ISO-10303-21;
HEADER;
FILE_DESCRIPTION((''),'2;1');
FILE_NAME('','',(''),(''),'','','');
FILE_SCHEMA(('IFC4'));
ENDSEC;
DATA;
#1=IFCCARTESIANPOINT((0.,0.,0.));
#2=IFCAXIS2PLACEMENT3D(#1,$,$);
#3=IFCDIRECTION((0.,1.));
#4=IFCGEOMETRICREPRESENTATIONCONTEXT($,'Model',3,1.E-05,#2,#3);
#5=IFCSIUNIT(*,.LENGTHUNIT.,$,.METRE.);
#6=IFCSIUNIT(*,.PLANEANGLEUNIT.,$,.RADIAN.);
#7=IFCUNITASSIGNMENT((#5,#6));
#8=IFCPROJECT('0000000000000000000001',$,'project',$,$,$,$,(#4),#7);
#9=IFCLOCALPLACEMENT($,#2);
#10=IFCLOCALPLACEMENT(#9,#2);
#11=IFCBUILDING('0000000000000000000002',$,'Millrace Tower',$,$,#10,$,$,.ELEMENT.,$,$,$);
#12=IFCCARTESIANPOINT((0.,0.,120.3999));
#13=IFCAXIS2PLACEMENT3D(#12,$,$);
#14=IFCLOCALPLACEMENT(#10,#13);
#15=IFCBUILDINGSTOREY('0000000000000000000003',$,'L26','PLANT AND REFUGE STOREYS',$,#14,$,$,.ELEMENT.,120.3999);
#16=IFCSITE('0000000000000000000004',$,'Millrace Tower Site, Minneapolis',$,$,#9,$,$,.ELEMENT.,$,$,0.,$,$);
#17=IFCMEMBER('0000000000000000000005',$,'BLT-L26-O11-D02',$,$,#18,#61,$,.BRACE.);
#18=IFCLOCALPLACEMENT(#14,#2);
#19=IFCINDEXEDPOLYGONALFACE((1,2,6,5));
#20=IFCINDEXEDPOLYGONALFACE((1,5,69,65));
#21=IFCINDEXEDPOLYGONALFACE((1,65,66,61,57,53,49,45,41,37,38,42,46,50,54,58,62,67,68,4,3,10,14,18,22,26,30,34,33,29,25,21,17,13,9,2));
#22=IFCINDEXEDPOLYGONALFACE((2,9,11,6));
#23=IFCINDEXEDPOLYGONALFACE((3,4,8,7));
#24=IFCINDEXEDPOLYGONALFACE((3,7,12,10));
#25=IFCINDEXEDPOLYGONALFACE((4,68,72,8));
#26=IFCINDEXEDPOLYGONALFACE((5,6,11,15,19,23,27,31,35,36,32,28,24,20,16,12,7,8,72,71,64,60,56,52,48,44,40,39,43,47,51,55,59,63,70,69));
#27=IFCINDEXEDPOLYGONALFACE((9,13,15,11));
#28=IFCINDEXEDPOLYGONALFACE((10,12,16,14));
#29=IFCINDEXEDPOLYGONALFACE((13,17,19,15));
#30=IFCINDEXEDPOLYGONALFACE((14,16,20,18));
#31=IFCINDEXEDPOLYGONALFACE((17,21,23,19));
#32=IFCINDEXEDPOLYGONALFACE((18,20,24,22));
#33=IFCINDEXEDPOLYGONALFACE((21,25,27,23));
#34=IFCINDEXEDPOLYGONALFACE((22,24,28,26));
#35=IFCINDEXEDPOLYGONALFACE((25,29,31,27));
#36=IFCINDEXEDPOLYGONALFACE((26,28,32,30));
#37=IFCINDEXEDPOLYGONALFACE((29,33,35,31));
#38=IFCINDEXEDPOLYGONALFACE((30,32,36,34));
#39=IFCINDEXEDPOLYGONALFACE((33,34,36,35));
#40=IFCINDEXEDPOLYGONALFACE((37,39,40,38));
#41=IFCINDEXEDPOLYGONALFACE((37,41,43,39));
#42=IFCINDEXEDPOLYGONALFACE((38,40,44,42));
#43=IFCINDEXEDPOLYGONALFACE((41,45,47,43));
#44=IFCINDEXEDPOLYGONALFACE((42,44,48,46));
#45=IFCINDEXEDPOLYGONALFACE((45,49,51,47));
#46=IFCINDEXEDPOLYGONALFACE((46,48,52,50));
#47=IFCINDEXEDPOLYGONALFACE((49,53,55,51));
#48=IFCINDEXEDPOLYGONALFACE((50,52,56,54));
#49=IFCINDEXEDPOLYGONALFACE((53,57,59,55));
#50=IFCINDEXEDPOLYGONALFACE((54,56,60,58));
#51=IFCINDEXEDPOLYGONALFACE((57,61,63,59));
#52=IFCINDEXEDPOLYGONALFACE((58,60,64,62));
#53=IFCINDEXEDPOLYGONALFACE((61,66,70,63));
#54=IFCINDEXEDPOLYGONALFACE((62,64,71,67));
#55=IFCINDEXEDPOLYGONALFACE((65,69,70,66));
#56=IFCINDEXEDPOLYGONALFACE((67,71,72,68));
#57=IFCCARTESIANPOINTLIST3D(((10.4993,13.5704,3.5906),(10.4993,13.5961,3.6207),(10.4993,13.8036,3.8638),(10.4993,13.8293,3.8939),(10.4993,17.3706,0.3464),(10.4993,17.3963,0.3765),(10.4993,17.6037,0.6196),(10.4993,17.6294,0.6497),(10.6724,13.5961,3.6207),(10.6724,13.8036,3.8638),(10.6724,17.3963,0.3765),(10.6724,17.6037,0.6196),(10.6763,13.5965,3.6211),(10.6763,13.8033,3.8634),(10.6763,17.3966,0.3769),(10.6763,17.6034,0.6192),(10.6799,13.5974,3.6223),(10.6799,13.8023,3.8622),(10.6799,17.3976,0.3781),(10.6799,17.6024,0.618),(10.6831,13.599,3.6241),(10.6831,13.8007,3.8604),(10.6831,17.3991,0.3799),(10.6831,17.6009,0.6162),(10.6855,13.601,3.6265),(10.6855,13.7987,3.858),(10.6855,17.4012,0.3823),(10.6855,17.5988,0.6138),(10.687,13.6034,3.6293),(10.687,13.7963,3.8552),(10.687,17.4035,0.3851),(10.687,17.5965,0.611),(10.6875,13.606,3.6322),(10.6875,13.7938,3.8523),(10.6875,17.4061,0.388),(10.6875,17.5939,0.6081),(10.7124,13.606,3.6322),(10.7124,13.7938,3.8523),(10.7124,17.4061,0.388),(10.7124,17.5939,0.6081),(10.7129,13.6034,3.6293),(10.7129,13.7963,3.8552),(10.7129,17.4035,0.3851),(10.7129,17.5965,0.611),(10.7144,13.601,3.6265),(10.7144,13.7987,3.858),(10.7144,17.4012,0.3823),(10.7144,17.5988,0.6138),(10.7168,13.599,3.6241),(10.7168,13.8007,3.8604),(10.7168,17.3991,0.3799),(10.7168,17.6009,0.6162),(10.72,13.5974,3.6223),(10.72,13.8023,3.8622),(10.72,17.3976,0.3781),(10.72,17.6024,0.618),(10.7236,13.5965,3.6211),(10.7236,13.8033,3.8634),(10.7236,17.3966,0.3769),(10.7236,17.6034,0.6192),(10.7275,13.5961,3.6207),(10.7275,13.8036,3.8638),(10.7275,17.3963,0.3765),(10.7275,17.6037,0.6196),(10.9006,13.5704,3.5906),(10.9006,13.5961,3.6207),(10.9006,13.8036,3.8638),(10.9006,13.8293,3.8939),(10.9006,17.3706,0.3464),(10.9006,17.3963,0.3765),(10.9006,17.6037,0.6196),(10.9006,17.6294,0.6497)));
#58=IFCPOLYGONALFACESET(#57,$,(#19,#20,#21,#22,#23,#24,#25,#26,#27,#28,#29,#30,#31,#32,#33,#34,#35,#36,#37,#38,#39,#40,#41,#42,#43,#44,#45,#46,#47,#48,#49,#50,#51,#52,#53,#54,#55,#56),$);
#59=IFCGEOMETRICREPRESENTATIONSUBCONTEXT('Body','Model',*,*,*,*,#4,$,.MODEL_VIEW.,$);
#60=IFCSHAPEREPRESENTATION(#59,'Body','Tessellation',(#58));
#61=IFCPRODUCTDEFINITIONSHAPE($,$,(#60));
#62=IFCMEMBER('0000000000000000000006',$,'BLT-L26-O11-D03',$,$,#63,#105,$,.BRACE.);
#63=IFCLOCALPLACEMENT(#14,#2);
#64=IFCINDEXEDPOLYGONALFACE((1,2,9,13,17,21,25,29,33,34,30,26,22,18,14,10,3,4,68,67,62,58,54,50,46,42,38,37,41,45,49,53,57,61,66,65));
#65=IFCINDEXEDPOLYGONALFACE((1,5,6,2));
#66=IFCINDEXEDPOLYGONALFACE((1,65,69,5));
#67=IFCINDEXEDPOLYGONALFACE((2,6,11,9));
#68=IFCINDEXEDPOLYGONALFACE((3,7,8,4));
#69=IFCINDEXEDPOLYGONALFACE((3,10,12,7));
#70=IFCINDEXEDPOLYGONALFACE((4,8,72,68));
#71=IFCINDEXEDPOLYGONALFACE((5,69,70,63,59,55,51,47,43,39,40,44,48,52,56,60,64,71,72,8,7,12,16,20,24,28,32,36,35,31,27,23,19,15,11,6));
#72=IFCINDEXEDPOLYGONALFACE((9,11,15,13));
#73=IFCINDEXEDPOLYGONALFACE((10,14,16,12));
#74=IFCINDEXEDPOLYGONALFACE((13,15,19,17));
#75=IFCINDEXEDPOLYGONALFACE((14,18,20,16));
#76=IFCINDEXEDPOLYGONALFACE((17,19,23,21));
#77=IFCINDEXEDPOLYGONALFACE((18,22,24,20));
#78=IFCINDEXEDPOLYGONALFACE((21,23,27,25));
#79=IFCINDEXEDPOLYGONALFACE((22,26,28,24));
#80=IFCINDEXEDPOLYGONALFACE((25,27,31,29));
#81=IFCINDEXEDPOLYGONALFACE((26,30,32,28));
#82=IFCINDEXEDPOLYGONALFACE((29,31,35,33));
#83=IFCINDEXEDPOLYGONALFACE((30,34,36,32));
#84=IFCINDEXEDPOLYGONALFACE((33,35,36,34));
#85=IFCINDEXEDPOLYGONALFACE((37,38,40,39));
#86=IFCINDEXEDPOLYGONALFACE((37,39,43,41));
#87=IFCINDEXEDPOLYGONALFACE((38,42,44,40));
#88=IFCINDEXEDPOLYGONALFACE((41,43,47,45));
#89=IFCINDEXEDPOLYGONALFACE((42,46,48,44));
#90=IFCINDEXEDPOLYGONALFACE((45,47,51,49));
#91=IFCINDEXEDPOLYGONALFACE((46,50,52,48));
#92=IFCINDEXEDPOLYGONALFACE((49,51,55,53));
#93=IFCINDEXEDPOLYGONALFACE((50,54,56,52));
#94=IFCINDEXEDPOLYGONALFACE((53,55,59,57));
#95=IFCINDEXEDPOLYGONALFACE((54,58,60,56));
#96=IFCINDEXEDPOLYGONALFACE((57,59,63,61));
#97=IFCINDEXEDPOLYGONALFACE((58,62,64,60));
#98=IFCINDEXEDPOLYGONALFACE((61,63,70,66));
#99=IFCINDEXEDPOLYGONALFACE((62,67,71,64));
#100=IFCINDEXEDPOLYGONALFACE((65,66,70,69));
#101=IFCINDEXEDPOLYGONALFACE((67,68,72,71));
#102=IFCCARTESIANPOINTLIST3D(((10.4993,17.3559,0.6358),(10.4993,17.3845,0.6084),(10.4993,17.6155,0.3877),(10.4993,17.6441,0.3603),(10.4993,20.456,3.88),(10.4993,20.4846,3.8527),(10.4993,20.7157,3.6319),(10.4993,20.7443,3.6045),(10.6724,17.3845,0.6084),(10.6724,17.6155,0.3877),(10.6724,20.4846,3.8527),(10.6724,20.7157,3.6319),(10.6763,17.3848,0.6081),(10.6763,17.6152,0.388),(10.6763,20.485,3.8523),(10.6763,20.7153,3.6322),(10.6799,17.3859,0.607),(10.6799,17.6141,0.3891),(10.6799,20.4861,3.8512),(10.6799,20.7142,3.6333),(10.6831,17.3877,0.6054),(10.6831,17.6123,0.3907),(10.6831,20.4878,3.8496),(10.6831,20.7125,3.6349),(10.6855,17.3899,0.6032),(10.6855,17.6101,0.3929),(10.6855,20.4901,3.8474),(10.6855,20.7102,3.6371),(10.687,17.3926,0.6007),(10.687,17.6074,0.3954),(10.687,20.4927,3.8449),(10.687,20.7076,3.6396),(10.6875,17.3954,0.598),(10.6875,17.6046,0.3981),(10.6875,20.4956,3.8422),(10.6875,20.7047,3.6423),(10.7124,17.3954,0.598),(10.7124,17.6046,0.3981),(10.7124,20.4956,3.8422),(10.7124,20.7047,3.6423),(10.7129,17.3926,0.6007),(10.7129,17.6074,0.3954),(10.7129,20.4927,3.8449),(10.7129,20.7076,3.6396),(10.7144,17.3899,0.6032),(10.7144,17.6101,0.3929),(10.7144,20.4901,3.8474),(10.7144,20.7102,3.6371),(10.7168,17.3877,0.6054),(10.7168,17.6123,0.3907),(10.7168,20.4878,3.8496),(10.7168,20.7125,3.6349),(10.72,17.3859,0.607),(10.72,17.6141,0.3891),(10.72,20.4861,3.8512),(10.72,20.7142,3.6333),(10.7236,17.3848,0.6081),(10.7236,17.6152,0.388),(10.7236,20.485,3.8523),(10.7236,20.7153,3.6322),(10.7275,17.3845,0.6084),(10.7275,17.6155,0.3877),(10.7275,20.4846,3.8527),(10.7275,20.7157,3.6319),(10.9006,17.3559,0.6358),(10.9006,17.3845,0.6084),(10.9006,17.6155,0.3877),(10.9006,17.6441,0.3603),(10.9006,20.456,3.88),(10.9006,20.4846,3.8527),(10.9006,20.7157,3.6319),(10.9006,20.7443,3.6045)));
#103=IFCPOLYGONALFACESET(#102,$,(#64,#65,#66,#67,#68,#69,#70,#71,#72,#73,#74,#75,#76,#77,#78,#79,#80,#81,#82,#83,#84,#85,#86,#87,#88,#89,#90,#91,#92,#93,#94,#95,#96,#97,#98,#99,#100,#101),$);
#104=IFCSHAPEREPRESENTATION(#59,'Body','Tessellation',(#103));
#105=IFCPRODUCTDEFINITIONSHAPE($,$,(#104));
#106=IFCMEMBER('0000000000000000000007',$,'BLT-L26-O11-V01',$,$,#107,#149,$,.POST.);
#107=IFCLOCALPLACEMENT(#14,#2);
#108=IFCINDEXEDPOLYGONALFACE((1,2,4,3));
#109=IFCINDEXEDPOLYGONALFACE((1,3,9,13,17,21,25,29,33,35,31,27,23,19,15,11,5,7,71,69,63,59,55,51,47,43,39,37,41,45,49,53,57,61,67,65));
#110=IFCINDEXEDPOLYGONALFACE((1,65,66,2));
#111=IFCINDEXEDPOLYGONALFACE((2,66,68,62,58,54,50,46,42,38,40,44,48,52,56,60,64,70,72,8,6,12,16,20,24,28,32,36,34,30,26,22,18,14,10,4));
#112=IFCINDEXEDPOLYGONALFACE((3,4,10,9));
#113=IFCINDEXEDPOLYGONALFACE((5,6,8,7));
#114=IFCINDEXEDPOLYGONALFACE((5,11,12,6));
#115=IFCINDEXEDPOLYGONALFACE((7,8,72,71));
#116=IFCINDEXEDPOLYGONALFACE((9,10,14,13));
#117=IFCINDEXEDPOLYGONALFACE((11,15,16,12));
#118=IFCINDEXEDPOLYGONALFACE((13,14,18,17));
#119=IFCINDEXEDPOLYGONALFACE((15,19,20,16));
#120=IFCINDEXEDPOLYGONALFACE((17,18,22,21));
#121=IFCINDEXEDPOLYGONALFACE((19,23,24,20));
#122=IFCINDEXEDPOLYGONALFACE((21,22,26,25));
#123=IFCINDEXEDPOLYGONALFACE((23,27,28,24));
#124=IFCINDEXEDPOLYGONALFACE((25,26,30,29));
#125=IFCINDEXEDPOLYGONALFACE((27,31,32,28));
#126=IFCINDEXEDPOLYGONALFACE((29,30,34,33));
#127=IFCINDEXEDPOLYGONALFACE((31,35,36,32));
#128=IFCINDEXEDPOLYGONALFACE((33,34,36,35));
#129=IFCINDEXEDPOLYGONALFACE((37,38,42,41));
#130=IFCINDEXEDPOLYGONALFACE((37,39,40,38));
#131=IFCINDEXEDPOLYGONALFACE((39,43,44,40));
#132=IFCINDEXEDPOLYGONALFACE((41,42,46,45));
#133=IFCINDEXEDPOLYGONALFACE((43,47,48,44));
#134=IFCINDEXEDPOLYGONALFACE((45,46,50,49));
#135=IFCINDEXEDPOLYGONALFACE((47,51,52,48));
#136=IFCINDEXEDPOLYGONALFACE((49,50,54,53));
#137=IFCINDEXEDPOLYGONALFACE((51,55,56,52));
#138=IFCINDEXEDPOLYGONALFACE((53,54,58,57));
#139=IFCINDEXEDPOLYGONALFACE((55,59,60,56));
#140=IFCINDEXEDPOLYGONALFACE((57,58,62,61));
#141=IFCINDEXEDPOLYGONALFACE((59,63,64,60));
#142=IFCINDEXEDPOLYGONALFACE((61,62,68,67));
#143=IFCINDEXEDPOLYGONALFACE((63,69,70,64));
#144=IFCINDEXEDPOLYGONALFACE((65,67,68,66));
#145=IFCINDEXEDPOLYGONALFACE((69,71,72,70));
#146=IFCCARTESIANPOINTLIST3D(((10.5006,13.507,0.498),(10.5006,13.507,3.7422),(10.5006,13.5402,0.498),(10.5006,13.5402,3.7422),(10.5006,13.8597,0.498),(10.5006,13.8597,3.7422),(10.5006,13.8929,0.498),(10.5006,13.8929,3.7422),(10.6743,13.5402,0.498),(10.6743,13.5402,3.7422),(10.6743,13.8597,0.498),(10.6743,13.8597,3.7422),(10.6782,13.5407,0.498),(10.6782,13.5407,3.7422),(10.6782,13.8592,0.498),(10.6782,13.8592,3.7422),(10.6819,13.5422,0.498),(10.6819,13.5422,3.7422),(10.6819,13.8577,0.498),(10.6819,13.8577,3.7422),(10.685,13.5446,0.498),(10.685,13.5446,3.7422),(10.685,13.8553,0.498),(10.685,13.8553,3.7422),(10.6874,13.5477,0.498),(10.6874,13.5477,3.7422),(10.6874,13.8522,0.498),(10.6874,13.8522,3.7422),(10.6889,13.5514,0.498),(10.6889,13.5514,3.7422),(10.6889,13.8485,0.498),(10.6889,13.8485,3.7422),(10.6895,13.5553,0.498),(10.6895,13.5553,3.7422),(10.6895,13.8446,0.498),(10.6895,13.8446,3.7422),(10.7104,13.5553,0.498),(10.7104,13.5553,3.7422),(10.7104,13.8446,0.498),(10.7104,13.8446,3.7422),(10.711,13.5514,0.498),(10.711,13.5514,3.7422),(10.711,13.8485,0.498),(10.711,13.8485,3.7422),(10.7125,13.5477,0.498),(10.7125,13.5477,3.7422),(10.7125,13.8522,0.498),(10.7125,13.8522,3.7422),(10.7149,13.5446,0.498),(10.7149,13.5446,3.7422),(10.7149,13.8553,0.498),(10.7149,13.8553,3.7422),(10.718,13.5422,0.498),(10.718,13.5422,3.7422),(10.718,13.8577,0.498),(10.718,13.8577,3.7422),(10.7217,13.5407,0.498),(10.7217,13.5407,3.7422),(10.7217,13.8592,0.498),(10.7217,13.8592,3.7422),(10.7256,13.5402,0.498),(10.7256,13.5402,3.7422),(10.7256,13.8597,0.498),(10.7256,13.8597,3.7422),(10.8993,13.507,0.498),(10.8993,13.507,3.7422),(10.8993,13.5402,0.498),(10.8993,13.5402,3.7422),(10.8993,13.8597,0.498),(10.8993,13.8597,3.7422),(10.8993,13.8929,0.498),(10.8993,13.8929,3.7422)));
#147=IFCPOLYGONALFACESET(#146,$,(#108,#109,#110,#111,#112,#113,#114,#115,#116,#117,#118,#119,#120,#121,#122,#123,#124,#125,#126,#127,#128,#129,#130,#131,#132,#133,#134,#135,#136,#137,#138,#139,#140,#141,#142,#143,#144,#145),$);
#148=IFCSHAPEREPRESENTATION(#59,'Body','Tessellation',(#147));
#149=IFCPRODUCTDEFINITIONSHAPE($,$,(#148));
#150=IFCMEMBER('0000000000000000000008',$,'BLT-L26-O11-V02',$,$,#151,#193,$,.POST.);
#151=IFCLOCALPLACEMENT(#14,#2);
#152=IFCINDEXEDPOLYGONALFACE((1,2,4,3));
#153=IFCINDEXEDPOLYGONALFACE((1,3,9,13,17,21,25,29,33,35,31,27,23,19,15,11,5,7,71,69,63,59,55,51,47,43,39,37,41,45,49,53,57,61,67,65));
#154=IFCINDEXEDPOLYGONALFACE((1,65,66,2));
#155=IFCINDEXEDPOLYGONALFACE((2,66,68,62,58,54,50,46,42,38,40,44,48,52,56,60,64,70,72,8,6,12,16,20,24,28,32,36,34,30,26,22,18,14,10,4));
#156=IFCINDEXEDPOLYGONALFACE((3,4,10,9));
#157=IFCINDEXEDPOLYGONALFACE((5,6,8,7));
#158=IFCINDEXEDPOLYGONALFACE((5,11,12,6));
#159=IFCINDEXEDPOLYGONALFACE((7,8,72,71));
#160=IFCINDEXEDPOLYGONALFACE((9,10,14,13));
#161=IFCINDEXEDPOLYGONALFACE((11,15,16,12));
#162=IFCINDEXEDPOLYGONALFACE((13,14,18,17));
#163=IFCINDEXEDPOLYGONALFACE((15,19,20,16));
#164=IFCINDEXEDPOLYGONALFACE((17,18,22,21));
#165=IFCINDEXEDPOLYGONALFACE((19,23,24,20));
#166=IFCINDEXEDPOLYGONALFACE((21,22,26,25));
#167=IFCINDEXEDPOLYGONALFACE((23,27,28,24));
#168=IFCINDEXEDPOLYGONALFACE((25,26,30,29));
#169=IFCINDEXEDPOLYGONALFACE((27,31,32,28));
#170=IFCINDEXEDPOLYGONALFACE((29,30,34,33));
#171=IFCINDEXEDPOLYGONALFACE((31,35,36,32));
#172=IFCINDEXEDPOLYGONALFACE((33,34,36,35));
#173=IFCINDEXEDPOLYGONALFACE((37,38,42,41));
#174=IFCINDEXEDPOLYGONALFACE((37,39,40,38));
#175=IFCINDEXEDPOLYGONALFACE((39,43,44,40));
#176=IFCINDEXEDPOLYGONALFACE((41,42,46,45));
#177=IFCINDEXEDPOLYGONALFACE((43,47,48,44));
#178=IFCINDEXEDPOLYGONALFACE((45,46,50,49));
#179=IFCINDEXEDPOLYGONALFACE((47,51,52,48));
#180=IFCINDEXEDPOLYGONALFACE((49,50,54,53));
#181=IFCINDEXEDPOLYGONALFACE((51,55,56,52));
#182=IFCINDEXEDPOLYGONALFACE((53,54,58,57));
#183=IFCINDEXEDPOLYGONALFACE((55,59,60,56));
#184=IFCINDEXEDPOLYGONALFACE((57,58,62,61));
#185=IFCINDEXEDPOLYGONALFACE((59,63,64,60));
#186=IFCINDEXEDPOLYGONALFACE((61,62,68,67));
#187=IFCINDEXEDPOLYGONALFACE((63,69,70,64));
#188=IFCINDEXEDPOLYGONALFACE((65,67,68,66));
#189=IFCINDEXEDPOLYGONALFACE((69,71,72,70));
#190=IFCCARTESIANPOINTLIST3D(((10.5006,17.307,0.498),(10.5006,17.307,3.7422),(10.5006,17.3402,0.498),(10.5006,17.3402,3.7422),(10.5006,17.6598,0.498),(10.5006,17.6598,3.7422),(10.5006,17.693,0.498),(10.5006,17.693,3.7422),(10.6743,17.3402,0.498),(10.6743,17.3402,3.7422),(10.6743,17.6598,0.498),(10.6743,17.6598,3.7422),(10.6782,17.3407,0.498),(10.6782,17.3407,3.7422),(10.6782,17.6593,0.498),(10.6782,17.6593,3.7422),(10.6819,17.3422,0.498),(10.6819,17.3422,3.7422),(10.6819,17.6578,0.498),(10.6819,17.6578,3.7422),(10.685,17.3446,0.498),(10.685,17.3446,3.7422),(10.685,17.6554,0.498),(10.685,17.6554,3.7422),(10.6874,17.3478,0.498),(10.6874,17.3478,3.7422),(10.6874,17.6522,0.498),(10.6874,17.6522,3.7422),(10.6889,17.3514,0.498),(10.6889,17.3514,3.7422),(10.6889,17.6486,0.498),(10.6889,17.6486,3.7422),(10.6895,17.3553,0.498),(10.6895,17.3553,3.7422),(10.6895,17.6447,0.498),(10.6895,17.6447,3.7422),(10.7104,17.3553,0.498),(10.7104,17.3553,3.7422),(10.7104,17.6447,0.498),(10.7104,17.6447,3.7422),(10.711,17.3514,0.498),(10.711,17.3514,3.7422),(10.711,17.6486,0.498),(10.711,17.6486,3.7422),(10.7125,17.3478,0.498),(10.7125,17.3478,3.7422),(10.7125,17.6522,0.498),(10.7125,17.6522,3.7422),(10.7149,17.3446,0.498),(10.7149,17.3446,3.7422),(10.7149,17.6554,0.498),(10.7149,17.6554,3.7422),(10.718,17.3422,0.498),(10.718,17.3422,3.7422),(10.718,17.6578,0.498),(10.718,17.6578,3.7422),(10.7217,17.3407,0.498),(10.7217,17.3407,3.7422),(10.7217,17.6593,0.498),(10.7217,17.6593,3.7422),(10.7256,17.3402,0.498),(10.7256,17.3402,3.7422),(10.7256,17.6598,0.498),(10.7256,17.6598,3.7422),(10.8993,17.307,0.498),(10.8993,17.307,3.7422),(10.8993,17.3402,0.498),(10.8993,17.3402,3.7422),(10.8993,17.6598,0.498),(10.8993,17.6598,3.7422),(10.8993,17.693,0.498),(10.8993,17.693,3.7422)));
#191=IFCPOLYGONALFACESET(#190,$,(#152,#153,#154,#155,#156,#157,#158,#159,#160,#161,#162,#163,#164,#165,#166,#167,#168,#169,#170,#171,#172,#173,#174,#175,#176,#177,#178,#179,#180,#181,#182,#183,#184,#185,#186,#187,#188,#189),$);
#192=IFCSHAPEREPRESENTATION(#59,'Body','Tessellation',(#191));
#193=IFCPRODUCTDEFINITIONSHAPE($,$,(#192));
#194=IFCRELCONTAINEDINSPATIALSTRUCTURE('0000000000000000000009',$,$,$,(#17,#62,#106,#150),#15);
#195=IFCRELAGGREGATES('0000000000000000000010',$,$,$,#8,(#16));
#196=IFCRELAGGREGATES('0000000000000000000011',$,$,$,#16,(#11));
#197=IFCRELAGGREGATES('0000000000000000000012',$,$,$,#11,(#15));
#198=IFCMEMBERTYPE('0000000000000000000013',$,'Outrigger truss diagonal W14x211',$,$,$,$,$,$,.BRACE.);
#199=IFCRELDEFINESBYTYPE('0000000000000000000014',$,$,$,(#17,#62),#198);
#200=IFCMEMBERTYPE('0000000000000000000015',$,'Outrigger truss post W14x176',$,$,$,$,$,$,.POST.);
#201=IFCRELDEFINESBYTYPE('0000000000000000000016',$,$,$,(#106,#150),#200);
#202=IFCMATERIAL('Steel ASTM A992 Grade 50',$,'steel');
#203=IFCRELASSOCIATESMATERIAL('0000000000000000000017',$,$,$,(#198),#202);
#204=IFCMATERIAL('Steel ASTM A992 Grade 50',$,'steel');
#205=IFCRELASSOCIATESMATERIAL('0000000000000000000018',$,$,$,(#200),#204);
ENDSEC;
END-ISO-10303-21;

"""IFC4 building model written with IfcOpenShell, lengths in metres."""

from ifc_helpers import new_model, si_unit, direction, frame, origin, origin_2d, place, context, subcontext, project, spatial, i_section, extrude, material, material_profile, profile_set, type_object, element, save


model = new_model("IFC4")

# Units and contexts
model_context = context("Model", 3, precision=1e-05, world=origin(), true_north=direction((0.0, 1.0)))
body_context = subcontext(model_context, "Body", "Model", "MODEL_VIEW")
ifc_project = project(units=[si_unit("LENGTHUNIT", "METRE"), si_unit("PLANEANGLEUNIT", "RADIAN")], contexts=[model_context])

# Site, building, storey
site_placement = place(None, origin())
site = spatial("IfcSite", under=ifc_project, at=site_placement, Name="Millrace Tower Site, Minneapolis", CompositionType="ELEMENT", RefElevation=0.0)
building_placement = place(site_placement, origin())
building = spatial("IfcBuilding", under=site, at=building_placement, Name="Millrace Tower", CompositionType="ELEMENT")
storey_placement = place(building_placement, frame((0.0, 0.0, 120.3999)))
storey = spatial("IfcBuildingStorey", under=building, at=storey_placement, Name="L26", Description="PLANT AND REFUGE STOREYS", CompositionType="ELEMENT", Elevation=120.3999)

# Members
ifc_material_1 = material(Name="Steel ASTM A992 Grade 50", Category="steel")
ifc_material_profile_1 = material_profile(ifc_material_1, i_section(OverallWidth=0.4014, OverallDepth=0.3987, WebThickness=0.0249, FlangeThickness=0.0396, FilletRadius=0.0151, at=origin_2d()))
ifc_profile_set_1 = profile_set([ifc_material_profile_1], Name="Steel ASTM A992 Grade 50")
member_type_1 = type_object("IfcMemberType", Name="Outrigger truss diagonal W14x211", PredefinedType="BRACE", material=ifc_profile_set_1)
member_1_placement = place(storey_placement, frame((10.7, 17.5, 0.498), z_axis=(0.0, -0.760545, 0.649285), x_axis=(1.0, 0.0, 0.0)))
element("IfcMember", 1, at=member_1_placement, inside=storey, type_object=member_type_1, Name="BLT-L26-O11-D02", PredefinedType="BRACE", context=body_context, shape_type="SweptSolid", body=[
    extrude(i_section(OverallWidth=0.4014, OverallDepth=0.3987, WebThickness=0.0249, FlangeThickness=0.0396, FilletRadius=0.0151, at=origin_2d()), origin(), (0.0, 0.0, 1.0), 4.9966),
])
member_2_placement = place(storey_placement, frame((10.7, 17.5, 0.498), z_axis=(0.0, 0.690874, 0.722975), x_axis=(-1.0, 0.0, 0.0)))
element("IfcMember", 2, at=member_2_placement, inside=storey, type_object=member_type_1, Name="BLT-L26-O11-D03", PredefinedType="BRACE", context=body_context, shape_type="SweptSolid", body=[
    extrude(i_section(OverallWidth=0.4014, OverallDepth=0.3987, WebThickness=0.0249, FlangeThickness=0.0396, FilletRadius=0.0151, at=origin_2d()), origin(), (0.0, 0.0, 1.0), 4.4873),
])
ifc_material_2 = material(Name="Steel ASTM A992 Grade 50", Category="steel")
ifc_material_profile_2 = material_profile(ifc_material_2, i_section(OverallWidth=0.3987, OverallDepth=0.386, WebThickness=0.021, FlangeThickness=0.0332, FilletRadius=0.0151, at=origin_2d()))
ifc_profile_set_2 = profile_set([ifc_material_profile_2], Name="Steel ASTM A992 Grade 50")
member_type_2 = type_object("IfcMemberType", Name="Outrigger truss post W14x176", PredefinedType="POST", material=ifc_profile_set_2)
for number, where, z_axis, x_axis, name in (
    (3, (10.7, 13.7, 0.498), (0.0, 0.0, 1.0), (1.0, 0.0, 0.0), "BLT-L26-O11-V01"),
    (4, (10.7, 17.5, 0.498), (0.0, 0.0, 1.0), (1.0, 0.0, 0.0), "BLT-L26-O11-V02"),
):
    element("IfcMember", number, at=place(storey_placement, frame(where, z_axis=z_axis, x_axis=x_axis)), inside=storey, type_object=member_type_2, Name=name, PredefinedType="POST", context=body_context, shape_type="SweptSolid", body=[
        extrude(i_section(OverallWidth=0.3987, OverallDepth=0.386, WebThickness=0.021, FlangeThickness=0.0332, FilletRadius=0.0151, at=origin_2d()), origin(), (0.0, 0.0, 1.0), 3.2441),
    ])

save(model, "model.ifc")
